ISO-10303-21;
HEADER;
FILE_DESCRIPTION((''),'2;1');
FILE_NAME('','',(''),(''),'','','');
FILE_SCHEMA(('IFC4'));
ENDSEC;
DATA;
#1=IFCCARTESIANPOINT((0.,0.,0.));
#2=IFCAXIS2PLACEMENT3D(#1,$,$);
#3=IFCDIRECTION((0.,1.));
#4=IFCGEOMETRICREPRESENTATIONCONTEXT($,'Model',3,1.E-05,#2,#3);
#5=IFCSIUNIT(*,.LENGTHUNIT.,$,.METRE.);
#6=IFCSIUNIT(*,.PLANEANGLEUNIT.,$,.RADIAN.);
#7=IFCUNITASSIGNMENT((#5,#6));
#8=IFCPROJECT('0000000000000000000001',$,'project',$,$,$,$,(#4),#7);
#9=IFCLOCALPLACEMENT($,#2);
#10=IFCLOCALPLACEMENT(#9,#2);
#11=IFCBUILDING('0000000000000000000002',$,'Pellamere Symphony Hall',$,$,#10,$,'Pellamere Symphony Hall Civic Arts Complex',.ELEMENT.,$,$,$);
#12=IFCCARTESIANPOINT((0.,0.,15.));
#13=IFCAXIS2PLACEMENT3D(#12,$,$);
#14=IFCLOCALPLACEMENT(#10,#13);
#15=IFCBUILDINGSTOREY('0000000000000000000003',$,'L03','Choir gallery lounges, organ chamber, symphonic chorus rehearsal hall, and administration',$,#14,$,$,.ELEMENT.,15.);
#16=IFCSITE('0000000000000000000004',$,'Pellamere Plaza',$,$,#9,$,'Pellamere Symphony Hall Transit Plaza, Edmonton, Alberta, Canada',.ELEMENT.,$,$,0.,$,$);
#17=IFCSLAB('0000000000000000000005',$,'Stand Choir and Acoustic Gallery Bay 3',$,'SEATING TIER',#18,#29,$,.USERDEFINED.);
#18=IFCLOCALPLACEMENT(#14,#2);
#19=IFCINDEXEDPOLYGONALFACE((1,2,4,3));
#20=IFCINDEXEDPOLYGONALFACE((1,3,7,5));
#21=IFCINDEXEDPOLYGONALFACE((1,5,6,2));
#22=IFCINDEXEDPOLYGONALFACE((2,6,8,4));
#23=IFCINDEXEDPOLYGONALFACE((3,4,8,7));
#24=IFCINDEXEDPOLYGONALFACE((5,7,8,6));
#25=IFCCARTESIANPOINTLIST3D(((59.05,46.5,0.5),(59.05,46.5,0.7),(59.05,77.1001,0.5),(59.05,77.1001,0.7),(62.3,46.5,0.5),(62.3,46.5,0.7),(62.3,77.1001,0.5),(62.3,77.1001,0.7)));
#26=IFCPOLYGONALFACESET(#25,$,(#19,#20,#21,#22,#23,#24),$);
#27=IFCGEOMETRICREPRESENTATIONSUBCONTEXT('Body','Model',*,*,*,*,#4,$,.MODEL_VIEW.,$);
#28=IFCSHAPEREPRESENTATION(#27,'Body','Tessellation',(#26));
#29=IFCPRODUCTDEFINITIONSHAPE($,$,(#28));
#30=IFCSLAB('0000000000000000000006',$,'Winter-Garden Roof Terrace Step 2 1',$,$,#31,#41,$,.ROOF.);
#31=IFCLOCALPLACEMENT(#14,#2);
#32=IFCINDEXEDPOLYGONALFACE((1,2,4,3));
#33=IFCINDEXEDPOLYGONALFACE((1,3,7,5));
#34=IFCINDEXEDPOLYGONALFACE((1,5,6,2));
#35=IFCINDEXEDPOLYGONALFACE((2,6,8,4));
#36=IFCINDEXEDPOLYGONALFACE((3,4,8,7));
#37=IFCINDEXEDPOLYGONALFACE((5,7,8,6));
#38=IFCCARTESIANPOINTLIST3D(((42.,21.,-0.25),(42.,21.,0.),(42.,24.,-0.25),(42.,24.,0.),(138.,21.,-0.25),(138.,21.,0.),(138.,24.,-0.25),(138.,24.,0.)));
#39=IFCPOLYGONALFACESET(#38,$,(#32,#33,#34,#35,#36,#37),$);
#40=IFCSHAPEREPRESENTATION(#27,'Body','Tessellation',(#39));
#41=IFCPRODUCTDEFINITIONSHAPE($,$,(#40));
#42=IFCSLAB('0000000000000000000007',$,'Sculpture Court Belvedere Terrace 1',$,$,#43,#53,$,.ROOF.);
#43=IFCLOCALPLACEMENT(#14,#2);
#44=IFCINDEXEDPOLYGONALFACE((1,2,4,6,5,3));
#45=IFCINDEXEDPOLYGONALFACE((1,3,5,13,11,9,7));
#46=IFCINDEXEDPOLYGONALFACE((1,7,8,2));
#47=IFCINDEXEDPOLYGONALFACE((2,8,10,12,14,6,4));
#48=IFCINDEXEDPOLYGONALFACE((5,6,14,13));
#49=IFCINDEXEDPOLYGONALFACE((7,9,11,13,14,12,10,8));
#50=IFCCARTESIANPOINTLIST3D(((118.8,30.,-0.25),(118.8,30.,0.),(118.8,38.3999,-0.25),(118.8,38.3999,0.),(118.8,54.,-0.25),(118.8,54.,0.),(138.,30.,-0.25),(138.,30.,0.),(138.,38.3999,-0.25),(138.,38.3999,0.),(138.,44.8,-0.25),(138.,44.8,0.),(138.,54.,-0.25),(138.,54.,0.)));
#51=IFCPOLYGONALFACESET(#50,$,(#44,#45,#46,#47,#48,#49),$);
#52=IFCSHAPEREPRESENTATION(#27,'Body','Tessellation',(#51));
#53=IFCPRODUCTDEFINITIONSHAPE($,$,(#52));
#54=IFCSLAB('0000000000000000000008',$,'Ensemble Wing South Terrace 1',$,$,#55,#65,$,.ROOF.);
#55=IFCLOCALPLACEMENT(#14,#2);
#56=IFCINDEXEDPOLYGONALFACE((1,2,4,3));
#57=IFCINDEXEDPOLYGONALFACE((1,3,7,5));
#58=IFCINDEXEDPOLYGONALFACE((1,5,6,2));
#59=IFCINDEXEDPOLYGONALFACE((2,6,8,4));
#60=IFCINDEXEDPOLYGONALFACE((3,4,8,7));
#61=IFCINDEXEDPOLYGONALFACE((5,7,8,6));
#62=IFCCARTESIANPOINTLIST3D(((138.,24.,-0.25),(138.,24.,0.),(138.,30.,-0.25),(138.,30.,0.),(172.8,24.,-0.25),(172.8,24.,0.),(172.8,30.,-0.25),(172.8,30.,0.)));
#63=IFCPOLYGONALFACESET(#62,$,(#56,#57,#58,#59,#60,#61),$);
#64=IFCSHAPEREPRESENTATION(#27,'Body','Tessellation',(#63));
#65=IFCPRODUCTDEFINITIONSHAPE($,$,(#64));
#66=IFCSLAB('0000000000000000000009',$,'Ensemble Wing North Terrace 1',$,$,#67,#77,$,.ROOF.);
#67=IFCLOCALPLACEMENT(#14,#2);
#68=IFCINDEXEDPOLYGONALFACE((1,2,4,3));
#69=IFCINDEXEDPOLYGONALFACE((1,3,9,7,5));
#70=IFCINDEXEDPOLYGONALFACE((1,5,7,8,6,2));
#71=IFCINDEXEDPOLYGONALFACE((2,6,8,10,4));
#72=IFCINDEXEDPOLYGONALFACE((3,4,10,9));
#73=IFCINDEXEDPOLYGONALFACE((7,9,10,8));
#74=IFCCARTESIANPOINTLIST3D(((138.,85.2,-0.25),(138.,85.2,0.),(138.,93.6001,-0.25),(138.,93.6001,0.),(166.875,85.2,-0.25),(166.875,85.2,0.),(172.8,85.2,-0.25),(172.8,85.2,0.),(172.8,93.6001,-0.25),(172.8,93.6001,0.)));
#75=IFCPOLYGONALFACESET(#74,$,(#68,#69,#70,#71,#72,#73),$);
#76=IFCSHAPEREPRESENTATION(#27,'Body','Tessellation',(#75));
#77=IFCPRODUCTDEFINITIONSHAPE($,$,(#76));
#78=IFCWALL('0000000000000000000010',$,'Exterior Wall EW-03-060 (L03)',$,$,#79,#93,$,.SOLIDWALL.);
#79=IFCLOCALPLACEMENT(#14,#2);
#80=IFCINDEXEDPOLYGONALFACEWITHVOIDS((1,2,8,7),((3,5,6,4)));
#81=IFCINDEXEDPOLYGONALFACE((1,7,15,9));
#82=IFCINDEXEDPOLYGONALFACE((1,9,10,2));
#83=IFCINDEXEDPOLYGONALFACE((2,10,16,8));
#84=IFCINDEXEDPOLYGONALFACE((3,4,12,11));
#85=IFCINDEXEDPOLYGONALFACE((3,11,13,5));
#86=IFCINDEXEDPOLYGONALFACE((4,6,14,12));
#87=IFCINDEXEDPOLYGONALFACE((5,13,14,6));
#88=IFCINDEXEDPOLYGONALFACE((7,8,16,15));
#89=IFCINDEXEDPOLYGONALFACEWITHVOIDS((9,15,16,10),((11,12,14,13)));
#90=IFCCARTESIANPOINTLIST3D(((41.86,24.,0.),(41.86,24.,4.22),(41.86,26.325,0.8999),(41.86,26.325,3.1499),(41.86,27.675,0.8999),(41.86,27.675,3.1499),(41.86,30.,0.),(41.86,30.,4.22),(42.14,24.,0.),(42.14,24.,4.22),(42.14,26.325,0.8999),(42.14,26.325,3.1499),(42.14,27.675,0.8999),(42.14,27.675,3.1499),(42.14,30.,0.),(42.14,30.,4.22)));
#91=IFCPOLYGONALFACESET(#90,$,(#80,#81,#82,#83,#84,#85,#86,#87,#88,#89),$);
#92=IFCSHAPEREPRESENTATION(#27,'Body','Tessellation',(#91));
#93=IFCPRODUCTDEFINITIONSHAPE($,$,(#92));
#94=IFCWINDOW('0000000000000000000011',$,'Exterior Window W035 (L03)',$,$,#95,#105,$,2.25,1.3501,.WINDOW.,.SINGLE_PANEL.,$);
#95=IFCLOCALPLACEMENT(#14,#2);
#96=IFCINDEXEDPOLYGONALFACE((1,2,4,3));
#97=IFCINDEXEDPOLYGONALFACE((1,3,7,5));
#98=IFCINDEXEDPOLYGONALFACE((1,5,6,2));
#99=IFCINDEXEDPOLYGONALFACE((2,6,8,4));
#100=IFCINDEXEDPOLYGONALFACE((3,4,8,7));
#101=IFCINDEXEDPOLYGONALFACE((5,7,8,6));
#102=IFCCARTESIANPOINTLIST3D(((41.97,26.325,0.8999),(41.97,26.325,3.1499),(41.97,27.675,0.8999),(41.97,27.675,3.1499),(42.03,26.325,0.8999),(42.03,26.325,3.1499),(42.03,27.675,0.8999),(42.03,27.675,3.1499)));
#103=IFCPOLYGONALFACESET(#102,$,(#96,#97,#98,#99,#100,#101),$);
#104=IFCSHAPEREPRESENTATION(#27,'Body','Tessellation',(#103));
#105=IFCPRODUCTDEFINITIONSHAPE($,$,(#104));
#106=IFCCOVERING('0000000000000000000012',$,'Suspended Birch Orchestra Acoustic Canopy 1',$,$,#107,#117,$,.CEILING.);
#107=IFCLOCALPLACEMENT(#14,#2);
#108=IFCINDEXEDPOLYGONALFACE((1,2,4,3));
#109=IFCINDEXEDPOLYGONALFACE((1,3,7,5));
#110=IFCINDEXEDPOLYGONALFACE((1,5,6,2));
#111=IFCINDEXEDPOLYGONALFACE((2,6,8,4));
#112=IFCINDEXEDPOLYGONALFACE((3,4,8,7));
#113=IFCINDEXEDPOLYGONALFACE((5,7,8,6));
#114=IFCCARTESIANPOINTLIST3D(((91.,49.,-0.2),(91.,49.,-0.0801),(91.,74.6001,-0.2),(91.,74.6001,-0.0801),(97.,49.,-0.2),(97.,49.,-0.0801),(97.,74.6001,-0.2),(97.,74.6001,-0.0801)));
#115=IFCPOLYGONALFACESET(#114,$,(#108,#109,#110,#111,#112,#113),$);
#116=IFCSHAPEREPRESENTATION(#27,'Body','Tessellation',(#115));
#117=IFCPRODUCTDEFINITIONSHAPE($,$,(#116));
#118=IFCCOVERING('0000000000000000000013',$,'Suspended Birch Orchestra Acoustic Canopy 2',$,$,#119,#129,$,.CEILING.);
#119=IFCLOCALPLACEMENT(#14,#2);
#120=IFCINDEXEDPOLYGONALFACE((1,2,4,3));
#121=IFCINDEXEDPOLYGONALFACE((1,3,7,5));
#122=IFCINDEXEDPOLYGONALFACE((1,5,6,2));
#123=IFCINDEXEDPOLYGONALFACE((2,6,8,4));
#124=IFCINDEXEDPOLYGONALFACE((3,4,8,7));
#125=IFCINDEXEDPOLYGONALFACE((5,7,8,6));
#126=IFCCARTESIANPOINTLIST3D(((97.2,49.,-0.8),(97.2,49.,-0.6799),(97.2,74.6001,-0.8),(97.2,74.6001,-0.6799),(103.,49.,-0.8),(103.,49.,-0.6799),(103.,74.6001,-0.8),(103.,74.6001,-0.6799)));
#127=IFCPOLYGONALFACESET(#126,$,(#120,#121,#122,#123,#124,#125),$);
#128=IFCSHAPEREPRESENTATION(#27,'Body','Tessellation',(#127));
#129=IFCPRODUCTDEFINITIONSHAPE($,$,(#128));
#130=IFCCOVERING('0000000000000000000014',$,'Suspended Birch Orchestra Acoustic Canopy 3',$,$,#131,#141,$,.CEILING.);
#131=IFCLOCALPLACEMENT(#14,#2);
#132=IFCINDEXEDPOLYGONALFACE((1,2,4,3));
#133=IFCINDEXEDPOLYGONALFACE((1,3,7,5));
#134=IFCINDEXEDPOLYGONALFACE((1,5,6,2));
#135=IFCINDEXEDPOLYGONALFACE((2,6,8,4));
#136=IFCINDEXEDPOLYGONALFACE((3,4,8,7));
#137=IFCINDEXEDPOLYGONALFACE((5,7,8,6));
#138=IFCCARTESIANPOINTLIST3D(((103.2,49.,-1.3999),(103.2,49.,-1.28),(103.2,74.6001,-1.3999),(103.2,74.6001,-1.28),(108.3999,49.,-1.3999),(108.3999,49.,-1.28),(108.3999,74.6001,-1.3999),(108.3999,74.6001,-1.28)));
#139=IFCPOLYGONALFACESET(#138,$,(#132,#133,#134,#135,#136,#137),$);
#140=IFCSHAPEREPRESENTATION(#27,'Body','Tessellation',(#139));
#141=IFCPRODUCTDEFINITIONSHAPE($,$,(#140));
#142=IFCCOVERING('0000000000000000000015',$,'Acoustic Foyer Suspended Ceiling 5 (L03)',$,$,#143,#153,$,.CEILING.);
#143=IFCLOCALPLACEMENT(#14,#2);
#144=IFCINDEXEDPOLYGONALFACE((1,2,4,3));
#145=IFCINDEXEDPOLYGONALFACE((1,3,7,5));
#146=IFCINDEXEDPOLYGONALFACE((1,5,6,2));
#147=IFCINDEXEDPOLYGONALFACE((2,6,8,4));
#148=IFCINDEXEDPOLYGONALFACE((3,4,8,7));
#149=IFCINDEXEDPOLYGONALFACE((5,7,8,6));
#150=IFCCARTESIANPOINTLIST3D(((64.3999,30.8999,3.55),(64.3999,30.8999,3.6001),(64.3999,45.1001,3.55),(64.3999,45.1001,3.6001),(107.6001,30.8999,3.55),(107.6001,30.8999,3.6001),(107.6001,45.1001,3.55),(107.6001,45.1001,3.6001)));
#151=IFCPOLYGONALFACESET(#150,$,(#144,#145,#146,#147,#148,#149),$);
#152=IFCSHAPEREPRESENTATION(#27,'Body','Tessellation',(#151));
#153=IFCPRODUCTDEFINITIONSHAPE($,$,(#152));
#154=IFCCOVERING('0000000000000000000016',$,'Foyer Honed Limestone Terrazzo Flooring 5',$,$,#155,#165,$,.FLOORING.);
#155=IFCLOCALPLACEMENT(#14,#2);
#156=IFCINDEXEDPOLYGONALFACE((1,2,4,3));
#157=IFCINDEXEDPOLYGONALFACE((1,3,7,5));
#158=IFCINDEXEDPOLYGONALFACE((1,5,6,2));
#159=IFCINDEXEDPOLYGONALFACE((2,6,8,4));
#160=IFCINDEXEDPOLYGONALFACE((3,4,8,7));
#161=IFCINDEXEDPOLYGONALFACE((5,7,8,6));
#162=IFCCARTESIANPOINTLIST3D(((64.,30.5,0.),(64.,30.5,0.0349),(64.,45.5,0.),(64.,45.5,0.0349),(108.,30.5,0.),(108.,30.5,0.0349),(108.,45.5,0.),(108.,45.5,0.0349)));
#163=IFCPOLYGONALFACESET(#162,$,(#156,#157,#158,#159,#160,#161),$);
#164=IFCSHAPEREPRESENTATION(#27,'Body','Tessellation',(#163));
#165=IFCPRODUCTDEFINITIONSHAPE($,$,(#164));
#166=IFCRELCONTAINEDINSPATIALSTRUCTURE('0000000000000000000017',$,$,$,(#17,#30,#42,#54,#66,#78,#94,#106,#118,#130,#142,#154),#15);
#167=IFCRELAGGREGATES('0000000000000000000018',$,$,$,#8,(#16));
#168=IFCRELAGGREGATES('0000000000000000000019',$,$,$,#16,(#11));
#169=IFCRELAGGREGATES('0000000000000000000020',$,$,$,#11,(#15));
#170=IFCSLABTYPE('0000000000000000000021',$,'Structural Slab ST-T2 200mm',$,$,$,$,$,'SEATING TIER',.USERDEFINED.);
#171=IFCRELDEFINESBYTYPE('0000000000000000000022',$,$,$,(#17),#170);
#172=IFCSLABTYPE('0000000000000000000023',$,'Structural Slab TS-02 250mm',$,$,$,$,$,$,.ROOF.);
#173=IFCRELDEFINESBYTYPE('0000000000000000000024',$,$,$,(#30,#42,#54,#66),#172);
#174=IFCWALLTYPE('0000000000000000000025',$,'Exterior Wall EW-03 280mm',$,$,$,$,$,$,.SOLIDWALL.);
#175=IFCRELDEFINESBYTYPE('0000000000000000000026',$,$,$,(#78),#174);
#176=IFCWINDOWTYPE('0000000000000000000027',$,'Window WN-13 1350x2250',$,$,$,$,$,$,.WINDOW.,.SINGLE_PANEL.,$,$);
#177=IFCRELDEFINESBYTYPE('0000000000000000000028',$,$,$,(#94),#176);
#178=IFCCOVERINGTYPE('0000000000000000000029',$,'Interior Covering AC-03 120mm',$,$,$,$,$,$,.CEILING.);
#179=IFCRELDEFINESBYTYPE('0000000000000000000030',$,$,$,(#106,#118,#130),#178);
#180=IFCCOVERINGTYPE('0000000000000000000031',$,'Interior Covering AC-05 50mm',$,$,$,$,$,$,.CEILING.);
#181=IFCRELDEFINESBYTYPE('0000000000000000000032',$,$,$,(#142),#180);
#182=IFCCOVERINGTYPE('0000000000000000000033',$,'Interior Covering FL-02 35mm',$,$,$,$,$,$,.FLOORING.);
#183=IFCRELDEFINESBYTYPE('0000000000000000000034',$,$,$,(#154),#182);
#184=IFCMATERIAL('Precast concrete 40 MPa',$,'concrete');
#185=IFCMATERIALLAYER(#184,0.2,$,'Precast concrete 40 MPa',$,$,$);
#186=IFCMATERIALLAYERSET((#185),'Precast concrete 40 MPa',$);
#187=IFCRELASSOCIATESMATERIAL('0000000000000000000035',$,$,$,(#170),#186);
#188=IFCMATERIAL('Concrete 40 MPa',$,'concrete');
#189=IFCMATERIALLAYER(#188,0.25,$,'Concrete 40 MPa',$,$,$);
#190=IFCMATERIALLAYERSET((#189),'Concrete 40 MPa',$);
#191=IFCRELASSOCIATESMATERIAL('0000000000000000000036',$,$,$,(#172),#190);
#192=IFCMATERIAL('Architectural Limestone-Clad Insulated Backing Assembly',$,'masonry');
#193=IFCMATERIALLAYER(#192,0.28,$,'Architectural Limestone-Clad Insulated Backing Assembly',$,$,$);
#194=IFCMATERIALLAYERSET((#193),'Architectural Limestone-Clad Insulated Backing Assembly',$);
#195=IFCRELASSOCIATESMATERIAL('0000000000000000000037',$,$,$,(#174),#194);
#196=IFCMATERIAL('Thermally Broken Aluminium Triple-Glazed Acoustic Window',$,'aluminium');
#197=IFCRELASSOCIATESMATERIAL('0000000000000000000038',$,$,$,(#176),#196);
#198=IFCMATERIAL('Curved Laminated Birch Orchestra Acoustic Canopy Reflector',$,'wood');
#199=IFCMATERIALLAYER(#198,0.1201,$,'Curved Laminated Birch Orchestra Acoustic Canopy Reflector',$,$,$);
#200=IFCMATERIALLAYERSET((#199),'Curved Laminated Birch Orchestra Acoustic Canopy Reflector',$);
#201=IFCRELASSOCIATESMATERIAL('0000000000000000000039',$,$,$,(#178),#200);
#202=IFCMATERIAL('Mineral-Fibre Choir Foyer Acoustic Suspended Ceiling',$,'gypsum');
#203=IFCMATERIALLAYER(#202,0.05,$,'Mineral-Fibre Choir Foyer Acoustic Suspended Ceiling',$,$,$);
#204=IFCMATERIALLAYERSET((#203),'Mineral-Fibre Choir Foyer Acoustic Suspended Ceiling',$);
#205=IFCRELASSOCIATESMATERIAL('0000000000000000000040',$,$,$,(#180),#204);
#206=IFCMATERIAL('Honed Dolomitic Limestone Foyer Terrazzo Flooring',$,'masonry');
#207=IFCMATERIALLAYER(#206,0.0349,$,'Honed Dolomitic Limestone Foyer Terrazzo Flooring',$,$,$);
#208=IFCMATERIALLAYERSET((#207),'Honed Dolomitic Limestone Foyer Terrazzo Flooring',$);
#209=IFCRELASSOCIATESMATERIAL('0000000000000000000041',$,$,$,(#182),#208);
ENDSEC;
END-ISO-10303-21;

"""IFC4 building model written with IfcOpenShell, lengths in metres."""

from ifc_helpers import new_model, si_unit, direction, frame, frame_2d, origin, place, context, subcontext, project, spatial, polyline, rectangle, outline, extrude, material, layer, layer_set, type_object, element, fill, save


model = new_model("IFC4")

# Units and contexts
model_context = context("Model", 3, precision=1e-05, world=origin(), true_north=direction((0.0, 1.0)))
body_context = subcontext(model_context, "Body", "Model", "MODEL_VIEW")
ifc_project = project(units=[si_unit("LENGTHUNIT", "METRE"), si_unit("PLANEANGLEUNIT", "RADIAN")], contexts=[model_context])

# Site, building, storey
site_placement = place(None, origin())
site = spatial("IfcSite", under=ifc_project, at=site_placement, Name="Pellamere Plaza", LongName="Pellamere Symphony Hall Transit Plaza, Edmonton, Alberta, Canada", CompositionType="ELEMENT", RefElevation=0.0)
building_placement = place(site_placement, origin())
building = spatial("IfcBuilding", under=site, at=building_placement, Name="Pellamere Symphony Hall", LongName="Pellamere Symphony Hall Civic Arts Complex", CompositionType="ELEMENT")
storey_placement = place(building_placement, frame((0.0, 0.0, 15.0)))
storey = spatial("IfcBuildingStorey", under=building, at=storey_placement, Name="L03", Description="Choir gallery lounges, organ chamber, symphonic chorus rehearsal hall, and administration", CompositionType="ELEMENT", Elevation=15.0)

# Shared definitions
ifc_material_1 = material(Name="Concrete 40 MPa", Category="concrete")

# Slabs
ifc_material_2 = material(Name="Precast concrete 40 MPa", Category="concrete")
ifc_layer_1 = layer(ifc_material_2, 0.2, Name="Precast concrete 40 MPa")
ifc_layer_set_1 = layer_set([ifc_layer_1], Name="Precast concrete 40 MPa")
slab_type_1 = type_object("IfcSlabType", Name="Structural Slab ST-T2 200mm", ElementType="SEATING TIER", PredefinedType="USERDEFINED", material=ifc_layer_set_1)
slab_1_placement = place(storey_placement, frame((0.0, 0.0, 0.5)))
element("IfcSlab", 1, at=slab_1_placement, inside=storey, type_object=slab_type_1, Name="Stand Choir and Acoustic Gallery Bay 3", ObjectType="SEATING TIER", PredefinedType="USERDEFINED", context=body_context, shape_type="SweptSolid", body=[
    extrude(outline(polyline([(59.05, 46.5), (59.05, 77.1001), (62.3, 77.1001), (62.3, 46.5), (59.05, 46.5)])), origin(), (0.0, 0.0, 1.0), 0.2),
])
ifc_layer_2 = layer(ifc_material_1, 0.25, Name="Concrete 40 MPa")
ifc_layer_set_2 = layer_set([ifc_layer_2], Name="Concrete 40 MPa")
slab_type_2 = type_object("IfcSlabType", Name="Structural Slab TS-02 250mm", PredefinedType="ROOF", material=ifc_layer_set_2)
slab_2_placement = place(storey_placement, frame((0.0, 0.0, -0.25)))
element("IfcSlab", 2, at=slab_2_placement, inside=storey, type_object=slab_type_2, Name="Winter-Garden Roof Terrace Step 2 1", PredefinedType="ROOF", context=body_context, shape_type="SweptSolid", body=[
    extrude(outline(polyline([(42.0, 21.0), (42.0, 24.0), (138.0, 24.0), (138.0, 21.0), (42.0, 21.0)])), origin(), (0.0, 0.0, 1.0), 0.25),
])
slab_3_placement = place(storey_placement, frame((0.0, 0.0, -0.25)))
element("IfcSlab", 3, at=slab_3_placement, inside=storey, type_object=slab_type_2, Name="Sculpture Court Belvedere Terrace 1", PredefinedType="ROOF", context=body_context, shape_type="SweptSolid", body=[
    extrude(outline(polyline([(138.0, 30.0), (118.8, 30.0), (118.8, 38.3999), (118.8, 54.0), (138.0, 54.0), (138.0, 44.8), (138.0, 38.3999), (138.0, 30.0)])), origin(), (0.0, 0.0, 1.0), 0.25),
])
slab_4_placement = place(storey_placement, frame((0.0, 0.0, -0.25)))
element("IfcSlab", 4, at=slab_4_placement, inside=storey, type_object=slab_type_2, Name="Ensemble Wing South Terrace 1", PredefinedType="ROOF", context=body_context, shape_type="SweptSolid", body=[
    extrude(outline(polyline([(138.0, 24.0), (138.0, 30.0), (172.8, 30.0), (172.8, 24.0), (138.0, 24.0)])), origin(), (0.0, 0.0, 1.0), 0.25),
])
slab_5_placement = place(storey_placement, frame((0.0, 0.0, -0.25)))
element("IfcSlab", 5, at=slab_5_placement, inside=storey, type_object=slab_type_2, Name="Ensemble Wing North Terrace 1", PredefinedType="ROOF", context=body_context, shape_type="SweptSolid", body=[
    extrude(outline(polyline([(138.0, 85.2), (138.0, 93.6001), (172.8, 93.6001), (172.8, 85.2), (166.875, 85.2), (138.0, 85.2)])), origin(), (0.0, 0.0, 1.0), 0.25),
])

# Wall, opening, window
ifc_material_3 = material(Name="Architectural Limestone-Clad Insulated Backing Assembly", Category="masonry")
ifc_layer_3 = layer(ifc_material_3, 0.28, Name="Architectural Limestone-Clad Insulated Backing Assembly")
ifc_layer_set_3 = layer_set([ifc_layer_3], Name="Architectural Limestone-Clad Insulated Backing Assembly")
wall_type = type_object("IfcWallType", Name="Exterior Wall EW-03 280mm", PredefinedType="SOLIDWALL", material=ifc_layer_set_3)
wall_placement = place(storey_placement, frame((42.0, 24.0, 0.0), z_axis=(0.0, 0.0, 1.0), x_axis=(0.0, 1.0, 0.0)))
wall = element("IfcWall", 6, at=wall_placement, inside=storey, type_object=wall_type, Name="Exterior Wall EW-03-060 (L03)", PredefinedType="SOLIDWALL", context=body_context, shape_type="SweptSolid", body=[
    extrude(rectangle(XDim=6.0, YDim=0.28, at=frame_2d((3.0, 0.0))), origin(), (0.0, 0.0, 1.0), 4.22),
])
opening_placement = place(wall_placement, frame((2.325, 0.0, 0.8999)))
opening = element("IfcOpeningElement", 7, at=opening_placement, cuts=wall, PredefinedType="OPENING", context=body_context, shape_type="SweptSolid", body=[
    extrude(rectangle(XDim=1.3501, YDim=2.25, at=frame_2d((0.675, 1.125))), frame((0.0, 0.1499, 0.0), z_axis=(0.0, -1.0, 0.0), x_axis=(1.0, 0.0, 0.0)), (0.0, 0.0, 1.0), 0.3),
])
ifc_material_4 = material(Name="Thermally Broken Aluminium Triple-Glazed Acoustic Window", Category="aluminium")
window_type = type_object("IfcWindowType", Name="Window WN-13 1350x2250", PartitioningType="SINGLE_PANEL", PredefinedType="WINDOW", material=ifc_material_4)
window_placement = place(opening_placement, origin())
window = element("IfcWindow", 8, at=window_placement, inside=storey, type_object=window_type, Name="Exterior Window W035 (L03)", OverallHeight=2.25, OverallWidth=1.3501, PartitioningType="SINGLE_PANEL", PredefinedType="WINDOW", context=body_context, shape_type="SweptSolid", body=[
    extrude(rectangle(XDim=1.3501, YDim=2.25, at=frame_2d((0.675, 1.125))), frame((0.0, 0.03, 0.0), z_axis=(0.0, -1.0, 0.0), x_axis=(1.0, 0.0, 0.0)), (0.0, 0.0, 1.0), 0.0601),
])
fill(opening, window)

# Coverings
ifc_material_5 = material(Name="Curved Laminated Birch Orchestra Acoustic Canopy Reflector", Category="wood")
ifc_layer_4 = layer(ifc_material_5, 0.1201, Name="Curved Laminated Birch Orchestra Acoustic Canopy Reflector")
ifc_layer_set_4 = layer_set([ifc_layer_4], Name="Curved Laminated Birch Orchestra Acoustic Canopy Reflector")
covering_type_1 = type_object("IfcCoveringType", Name="Interior Covering AC-03 120mm", PredefinedType="CEILING", material=ifc_layer_set_4)
covering_1_placement = place(storey_placement, frame((0.0, 0.0, -0.2)))
element("IfcCovering", 9, at=covering_1_placement, inside=storey, type_object=covering_type_1, Name="Suspended Birch Orchestra Acoustic Canopy 1", PredefinedType="CEILING", context=body_context, shape_type="SweptSolid", body=[
    extrude(outline(polyline([(91.0, 49.0), (97.0, 49.0), (97.0, 74.6001), (91.0, 74.6001), (91.0, 49.0)])), origin(), (0.0, 0.0, 1.0), 0.1199),
])
covering_2_placement = place(storey_placement, frame((0.0, 0.0, -0.8)))
element("IfcCovering", 10, at=covering_2_placement, inside=storey, type_object=covering_type_1, Name="Suspended Birch Orchestra Acoustic Canopy 2", PredefinedType="CEILING", context=body_context, shape_type="SweptSolid", body=[
    extrude(outline(polyline([(97.2, 49.0), (103.0, 49.0), (103.0, 74.6001), (97.2, 74.6001), (97.2, 49.0)])), origin(), (0.0, 0.0, 1.0), 0.1201),
])
covering_3_placement = place(storey_placement, frame((0.0, 0.0, -1.3999)))
element("IfcCovering", 11, at=covering_3_placement, inside=storey, type_object=covering_type_1, Name="Suspended Birch Orchestra Acoustic Canopy 3", PredefinedType="CEILING", context=body_context, shape_type="SweptSolid", body=[
    extrude(outline(polyline([(103.2, 49.0), (108.3999, 49.0), (108.3999, 74.6001), (103.2, 74.6001), (103.2, 49.0)])), origin(), (0.0, 0.0, 1.0), 0.1199),
])
ifc_material_6 = material(Name="Mineral-Fibre Choir Foyer Acoustic Suspended Ceiling", Category="gypsum")
ifc_layer_5 = layer(ifc_material_6, 0.05, Name="Mineral-Fibre Choir Foyer Acoustic Suspended Ceiling")
ifc_layer_set_5 = layer_set([ifc_layer_5], Name="Mineral-Fibre Choir Foyer Acoustic Suspended Ceiling")
covering_type_2 = type_object("IfcCoveringType", Name="Interior Covering AC-05 50mm", PredefinedType="CEILING", material=ifc_layer_set_5)
covering_4_placement = place(storey_placement, frame((0.0, 0.0, 3.55)))
element("IfcCovering", 12, at=covering_4_placement, inside=storey, type_object=covering_type_2, Name="Acoustic Foyer Suspended Ceiling 5 (L03)", PredefinedType="CEILING", context=body_context, shape_type="SweptSolid", body=[
    extrude(outline(polyline([(64.3999, 30.8999), (107.6001, 30.8999), (107.6001, 45.1001), (64.3999, 45.1001), (64.3999, 30.8999)])), origin(), (0.0, 0.0, 1.0), 0.05),
])
ifc_material_7 = material(Name="Honed Dolomitic Limestone Foyer Terrazzo Flooring", Category="masonry")
ifc_layer_6 = layer(ifc_material_7, 0.0349, Name="Honed Dolomitic Limestone Foyer Terrazzo Flooring")
ifc_layer_set_6 = layer_set([ifc_layer_6], Name="Honed Dolomitic Limestone Foyer Terrazzo Flooring")
covering_type_3 = type_object("IfcCoveringType", Name="Interior Covering FL-02 35mm", PredefinedType="FLOORING", material=ifc_layer_set_6)
covering_5_placement = place(storey_placement, origin())
element("IfcCovering", 13, at=covering_5_placement, inside=storey, type_object=covering_type_3, Name="Foyer Honed Limestone Terrazzo Flooring 5", PredefinedType="FLOORING", context=body_context, shape_type="SweptSolid", body=[
    extrude(outline(polyline([(64.0, 30.5), (108.0, 30.5), (108.0, 45.5), (64.0, 45.5), (64.0, 30.5)])), origin(), (0.0, 0.0, 1.0), 0.0349),
])

save(model, "model.ifc")
